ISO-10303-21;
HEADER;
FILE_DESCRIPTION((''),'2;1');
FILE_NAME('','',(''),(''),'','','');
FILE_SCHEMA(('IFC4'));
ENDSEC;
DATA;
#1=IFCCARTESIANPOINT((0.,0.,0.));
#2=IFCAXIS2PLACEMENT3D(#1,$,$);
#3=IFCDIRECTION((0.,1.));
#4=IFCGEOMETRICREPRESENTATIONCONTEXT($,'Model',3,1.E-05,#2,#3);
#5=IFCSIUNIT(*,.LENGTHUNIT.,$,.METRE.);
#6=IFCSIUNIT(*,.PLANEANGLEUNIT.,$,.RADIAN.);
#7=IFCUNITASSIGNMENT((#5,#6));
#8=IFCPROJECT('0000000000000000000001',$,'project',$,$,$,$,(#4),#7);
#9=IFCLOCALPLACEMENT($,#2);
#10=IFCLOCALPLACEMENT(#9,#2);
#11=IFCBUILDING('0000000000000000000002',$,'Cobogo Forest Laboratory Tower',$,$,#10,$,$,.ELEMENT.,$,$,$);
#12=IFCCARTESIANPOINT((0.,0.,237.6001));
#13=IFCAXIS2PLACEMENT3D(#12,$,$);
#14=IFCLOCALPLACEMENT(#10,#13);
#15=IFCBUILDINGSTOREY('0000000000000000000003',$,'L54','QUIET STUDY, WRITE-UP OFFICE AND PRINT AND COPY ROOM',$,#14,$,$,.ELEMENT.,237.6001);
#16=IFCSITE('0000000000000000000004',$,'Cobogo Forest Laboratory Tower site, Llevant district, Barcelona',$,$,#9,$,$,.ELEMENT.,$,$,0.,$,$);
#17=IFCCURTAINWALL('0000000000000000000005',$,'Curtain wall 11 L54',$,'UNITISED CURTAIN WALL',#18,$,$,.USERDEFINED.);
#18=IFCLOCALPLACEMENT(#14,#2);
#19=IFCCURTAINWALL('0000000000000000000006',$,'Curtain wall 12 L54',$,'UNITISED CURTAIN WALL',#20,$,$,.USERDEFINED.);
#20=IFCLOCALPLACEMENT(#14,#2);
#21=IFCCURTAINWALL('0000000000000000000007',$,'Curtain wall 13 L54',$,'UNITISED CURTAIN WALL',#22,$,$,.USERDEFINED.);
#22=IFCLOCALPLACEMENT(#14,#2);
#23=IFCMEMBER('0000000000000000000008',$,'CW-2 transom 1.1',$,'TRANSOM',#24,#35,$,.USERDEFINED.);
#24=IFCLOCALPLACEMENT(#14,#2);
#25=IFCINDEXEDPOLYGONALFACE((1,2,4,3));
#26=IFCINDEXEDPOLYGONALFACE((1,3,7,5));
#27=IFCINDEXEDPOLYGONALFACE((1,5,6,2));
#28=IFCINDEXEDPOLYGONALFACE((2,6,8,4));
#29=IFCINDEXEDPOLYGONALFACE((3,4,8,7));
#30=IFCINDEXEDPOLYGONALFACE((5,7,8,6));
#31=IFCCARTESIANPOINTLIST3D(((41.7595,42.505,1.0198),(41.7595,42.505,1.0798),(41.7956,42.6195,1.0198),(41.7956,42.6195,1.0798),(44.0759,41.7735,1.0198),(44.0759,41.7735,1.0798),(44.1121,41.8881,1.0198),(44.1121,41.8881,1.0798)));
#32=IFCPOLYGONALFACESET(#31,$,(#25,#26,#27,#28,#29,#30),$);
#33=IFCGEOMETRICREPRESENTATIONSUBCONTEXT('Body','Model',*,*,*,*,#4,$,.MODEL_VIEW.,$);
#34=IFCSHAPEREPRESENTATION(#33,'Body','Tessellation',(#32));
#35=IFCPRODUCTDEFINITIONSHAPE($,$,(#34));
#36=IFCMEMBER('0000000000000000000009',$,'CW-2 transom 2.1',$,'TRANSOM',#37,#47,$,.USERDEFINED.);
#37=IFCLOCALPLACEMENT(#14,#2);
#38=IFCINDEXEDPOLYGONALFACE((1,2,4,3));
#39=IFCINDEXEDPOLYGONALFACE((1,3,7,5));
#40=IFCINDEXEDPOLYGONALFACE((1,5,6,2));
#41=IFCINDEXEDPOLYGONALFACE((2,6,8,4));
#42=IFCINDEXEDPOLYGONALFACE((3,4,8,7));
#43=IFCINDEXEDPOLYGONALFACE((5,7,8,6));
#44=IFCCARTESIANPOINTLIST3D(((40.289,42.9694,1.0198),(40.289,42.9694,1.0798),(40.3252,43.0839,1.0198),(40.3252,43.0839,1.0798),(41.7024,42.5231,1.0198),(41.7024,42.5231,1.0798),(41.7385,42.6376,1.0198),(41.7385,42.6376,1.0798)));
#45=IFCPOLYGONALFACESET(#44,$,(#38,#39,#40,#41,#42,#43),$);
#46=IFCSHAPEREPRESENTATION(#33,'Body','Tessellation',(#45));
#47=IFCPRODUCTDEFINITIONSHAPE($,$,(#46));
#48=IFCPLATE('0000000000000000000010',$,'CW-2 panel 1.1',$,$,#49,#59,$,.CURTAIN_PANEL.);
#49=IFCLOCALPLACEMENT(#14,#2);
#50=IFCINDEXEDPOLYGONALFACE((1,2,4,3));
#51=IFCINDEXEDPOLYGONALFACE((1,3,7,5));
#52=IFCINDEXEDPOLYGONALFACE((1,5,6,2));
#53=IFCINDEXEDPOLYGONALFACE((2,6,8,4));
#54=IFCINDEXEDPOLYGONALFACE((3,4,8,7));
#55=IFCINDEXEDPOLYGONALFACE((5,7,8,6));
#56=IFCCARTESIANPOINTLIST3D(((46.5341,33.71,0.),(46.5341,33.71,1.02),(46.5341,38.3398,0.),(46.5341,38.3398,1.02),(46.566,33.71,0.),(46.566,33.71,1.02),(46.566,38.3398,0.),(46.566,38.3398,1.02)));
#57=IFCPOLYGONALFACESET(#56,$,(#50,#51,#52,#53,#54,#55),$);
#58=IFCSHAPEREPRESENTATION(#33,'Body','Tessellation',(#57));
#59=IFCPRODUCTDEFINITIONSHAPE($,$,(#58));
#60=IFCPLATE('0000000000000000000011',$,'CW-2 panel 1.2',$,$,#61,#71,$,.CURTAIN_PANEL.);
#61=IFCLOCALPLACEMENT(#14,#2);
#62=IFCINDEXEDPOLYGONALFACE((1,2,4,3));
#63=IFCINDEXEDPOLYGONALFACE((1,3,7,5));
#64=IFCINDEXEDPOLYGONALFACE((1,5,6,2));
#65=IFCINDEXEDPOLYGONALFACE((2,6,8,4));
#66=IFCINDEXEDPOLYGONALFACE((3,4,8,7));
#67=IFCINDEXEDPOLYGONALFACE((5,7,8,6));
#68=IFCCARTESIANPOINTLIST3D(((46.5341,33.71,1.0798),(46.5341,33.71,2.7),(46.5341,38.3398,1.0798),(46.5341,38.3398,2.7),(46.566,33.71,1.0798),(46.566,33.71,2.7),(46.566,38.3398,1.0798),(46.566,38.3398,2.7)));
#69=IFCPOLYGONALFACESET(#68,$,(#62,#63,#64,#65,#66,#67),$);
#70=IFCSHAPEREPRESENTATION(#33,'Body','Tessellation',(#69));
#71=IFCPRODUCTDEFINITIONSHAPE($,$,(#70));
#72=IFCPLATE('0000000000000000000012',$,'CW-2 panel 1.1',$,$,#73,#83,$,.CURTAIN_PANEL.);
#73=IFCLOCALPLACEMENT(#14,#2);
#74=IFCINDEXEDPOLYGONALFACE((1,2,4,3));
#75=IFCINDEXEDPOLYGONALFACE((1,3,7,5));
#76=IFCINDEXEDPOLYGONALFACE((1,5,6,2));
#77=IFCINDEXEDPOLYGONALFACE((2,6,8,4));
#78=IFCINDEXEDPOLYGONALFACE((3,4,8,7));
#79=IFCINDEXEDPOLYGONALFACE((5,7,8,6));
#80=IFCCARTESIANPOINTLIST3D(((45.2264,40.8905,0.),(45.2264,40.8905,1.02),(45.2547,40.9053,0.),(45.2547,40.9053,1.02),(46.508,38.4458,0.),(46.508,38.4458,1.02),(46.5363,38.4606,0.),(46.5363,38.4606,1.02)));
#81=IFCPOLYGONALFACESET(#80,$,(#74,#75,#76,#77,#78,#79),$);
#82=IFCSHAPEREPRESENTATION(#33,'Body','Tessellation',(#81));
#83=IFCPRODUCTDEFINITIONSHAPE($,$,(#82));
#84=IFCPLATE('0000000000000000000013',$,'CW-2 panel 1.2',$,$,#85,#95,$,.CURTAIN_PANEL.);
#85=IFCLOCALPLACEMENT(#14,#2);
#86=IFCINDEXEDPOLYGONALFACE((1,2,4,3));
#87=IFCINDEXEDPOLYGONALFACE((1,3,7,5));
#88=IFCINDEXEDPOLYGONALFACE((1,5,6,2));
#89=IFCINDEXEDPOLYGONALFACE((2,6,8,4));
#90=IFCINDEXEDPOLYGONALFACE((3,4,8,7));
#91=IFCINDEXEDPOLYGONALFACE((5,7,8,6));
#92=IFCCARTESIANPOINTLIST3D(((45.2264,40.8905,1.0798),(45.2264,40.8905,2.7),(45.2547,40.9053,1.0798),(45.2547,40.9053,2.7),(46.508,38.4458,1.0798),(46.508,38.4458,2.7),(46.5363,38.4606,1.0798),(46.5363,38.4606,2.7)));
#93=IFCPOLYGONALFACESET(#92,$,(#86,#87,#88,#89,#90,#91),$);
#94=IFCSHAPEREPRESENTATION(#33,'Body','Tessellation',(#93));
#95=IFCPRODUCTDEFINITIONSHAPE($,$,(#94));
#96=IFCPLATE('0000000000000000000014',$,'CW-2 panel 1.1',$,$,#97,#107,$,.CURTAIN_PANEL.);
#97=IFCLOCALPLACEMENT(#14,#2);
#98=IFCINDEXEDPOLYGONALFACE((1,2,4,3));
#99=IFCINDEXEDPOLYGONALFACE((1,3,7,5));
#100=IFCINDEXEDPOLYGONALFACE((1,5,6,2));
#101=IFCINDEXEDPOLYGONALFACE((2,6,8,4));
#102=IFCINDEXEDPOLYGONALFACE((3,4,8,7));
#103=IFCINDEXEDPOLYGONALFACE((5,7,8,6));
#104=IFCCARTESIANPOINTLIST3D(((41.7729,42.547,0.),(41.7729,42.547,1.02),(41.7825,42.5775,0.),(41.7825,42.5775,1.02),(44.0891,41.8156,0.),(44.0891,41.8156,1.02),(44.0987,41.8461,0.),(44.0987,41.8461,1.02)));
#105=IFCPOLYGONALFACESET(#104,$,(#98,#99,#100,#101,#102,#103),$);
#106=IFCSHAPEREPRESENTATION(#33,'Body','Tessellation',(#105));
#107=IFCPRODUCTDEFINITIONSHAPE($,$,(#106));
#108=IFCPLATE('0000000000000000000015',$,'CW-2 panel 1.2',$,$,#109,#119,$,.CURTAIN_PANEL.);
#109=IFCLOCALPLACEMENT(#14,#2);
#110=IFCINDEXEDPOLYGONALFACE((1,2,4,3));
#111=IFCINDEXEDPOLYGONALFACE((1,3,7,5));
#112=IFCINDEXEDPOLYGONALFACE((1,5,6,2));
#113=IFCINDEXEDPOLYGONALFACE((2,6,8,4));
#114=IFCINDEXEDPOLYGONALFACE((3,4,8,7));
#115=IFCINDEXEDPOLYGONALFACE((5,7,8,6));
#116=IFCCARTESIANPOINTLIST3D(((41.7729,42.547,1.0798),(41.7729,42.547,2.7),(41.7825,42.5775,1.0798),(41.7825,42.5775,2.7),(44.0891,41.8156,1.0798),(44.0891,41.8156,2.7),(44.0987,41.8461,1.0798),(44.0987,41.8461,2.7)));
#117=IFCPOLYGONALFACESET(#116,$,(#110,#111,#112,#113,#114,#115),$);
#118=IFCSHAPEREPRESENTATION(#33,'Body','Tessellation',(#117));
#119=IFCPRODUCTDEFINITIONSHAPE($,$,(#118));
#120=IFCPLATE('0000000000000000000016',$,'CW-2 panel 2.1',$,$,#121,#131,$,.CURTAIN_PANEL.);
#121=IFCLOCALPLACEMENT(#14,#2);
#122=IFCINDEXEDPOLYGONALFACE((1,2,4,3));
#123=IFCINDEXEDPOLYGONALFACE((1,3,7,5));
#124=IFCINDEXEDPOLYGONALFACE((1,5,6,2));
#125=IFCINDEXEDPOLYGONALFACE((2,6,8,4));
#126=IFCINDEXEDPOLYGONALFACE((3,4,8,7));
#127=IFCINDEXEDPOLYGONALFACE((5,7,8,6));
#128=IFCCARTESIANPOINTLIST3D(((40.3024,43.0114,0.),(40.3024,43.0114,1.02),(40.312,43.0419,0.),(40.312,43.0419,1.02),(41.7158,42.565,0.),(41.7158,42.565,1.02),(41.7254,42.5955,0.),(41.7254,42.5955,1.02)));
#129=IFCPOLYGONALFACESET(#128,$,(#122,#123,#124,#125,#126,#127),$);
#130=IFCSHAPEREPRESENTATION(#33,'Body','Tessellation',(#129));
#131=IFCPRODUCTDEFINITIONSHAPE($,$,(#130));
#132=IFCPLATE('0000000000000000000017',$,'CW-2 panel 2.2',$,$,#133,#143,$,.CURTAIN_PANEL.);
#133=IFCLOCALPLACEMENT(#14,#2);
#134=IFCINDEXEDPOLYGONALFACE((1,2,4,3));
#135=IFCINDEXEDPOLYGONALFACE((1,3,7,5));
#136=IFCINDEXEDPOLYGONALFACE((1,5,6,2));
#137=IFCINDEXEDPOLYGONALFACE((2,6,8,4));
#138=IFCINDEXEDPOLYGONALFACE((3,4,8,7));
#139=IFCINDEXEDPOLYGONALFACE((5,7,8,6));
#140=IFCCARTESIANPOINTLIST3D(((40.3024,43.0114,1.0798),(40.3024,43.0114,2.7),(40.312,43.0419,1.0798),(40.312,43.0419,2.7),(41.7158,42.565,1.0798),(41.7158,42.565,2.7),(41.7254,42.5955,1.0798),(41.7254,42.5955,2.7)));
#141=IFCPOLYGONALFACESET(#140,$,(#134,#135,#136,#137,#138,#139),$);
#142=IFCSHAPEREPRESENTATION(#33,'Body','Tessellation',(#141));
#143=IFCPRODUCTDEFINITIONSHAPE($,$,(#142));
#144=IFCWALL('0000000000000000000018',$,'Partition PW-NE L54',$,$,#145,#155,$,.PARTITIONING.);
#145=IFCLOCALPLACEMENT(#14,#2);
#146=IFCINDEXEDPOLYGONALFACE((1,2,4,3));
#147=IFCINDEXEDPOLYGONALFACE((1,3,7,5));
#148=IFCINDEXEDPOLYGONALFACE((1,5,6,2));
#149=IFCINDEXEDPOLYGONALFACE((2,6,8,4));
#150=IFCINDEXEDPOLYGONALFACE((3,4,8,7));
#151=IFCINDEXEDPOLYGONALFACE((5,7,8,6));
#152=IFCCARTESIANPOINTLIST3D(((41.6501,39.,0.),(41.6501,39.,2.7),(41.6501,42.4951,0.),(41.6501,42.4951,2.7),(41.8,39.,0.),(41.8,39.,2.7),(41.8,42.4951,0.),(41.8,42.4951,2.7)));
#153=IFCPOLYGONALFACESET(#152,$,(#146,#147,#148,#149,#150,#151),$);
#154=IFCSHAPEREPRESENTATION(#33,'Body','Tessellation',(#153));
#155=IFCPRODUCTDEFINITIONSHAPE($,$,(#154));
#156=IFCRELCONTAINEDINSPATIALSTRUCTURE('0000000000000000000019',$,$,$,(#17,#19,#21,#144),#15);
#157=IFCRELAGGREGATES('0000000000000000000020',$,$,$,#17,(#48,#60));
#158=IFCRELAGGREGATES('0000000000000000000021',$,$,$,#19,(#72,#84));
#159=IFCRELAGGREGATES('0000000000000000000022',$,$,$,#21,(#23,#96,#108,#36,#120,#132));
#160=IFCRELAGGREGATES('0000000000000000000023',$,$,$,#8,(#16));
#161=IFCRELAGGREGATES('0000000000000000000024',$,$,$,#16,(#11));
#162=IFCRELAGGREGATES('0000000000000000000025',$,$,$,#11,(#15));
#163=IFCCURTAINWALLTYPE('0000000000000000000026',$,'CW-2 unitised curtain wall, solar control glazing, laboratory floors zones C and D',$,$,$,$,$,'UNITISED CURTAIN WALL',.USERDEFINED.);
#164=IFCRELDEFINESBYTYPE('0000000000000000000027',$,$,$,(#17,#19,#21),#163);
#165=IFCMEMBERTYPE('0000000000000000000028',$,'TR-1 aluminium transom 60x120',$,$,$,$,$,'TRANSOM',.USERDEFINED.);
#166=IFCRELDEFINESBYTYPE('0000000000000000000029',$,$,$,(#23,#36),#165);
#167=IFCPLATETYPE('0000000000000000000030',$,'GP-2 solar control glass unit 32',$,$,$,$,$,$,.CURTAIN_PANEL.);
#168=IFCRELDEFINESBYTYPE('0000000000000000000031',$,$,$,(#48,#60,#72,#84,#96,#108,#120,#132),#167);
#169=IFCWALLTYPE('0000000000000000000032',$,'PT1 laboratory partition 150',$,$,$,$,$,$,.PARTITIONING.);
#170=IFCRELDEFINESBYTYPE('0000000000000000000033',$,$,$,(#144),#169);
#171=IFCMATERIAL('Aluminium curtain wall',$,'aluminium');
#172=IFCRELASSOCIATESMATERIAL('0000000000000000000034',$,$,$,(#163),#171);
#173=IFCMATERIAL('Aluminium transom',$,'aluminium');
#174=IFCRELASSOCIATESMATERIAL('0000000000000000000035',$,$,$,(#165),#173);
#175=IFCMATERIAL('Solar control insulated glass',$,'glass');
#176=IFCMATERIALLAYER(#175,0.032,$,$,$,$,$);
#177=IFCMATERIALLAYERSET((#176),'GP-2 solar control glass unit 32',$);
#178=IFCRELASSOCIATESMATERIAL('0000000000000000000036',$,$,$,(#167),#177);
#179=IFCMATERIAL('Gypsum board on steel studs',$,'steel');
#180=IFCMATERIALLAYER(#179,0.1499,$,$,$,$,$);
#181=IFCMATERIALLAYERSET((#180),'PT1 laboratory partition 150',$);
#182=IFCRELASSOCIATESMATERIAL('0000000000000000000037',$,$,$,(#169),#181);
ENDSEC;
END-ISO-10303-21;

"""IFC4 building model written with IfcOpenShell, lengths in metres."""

from ifc_helpers import new_model, si_unit, direction, frame, frame_2d, origin, origin_2d, place, context, subcontext, project, spatial, rectangle, extrude, material, layer, layer_set, material_profile, profile_set, type_object, element, aggregate, save


model = new_model("IFC4")

# Units and contexts
model_context = context("Model", 3, precision=1e-05, world=origin(), true_north=direction((0.0, 1.0)))
body_context = subcontext(model_context, "Body", "Model", "MODEL_VIEW")
ifc_project = project(units=[si_unit("LENGTHUNIT", "METRE"), si_unit("PLANEANGLEUNIT", "RADIAN")], contexts=[model_context])

# Site, building, storey
site_placement = place(None, origin())
site = spatial("IfcSite", under=ifc_project, at=site_placement, Name="Cobogo Forest Laboratory Tower site, Llevant district, Barcelona", CompositionType="ELEMENT", RefElevation=0.0)
building_placement = place(site_placement, origin())
building = spatial("IfcBuilding", under=site, at=building_placement, Name="Cobogo Forest Laboratory Tower", CompositionType="ELEMENT")
storey_placement = place(building_placement, frame((0.0, 0.0, 237.6001)))
storey = spatial("IfcBuildingStorey", under=building, at=storey_placement, Name="L54", Description="QUIET STUDY, WRITE-UP OFFICE AND PRINT AND COPY ROOM", CompositionType="ELEMENT", Elevation=237.6001)

# Curtain wall
ifc_material_1 = material(Name="Aluminium curtain wall", Category="aluminium")
curtain_wall_type = type_object("IfcCurtainWallType", Name="CW-2 unitised curtain wall, solar control glazing, laboratory floors zones C and D", ElementType="UNITISED CURTAIN WALL", PredefinedType="USERDEFINED", material=ifc_material_1)
curtain_wall_1_placement = place(storey_placement, origin())
curtain_wall_1 = element("IfcCurtainWall", 1, at=curtain_wall_1_placement, inside=storey, type_object=curtain_wall_type, Name="Curtain wall 11 L54", ObjectType="UNITISED CURTAIN WALL", PredefinedType="USERDEFINED")

# Curtain walls
curtain_wall_2_placement = place(storey_placement, origin())
curtain_wall_2 = element("IfcCurtainWall", 2, at=curtain_wall_2_placement, inside=storey, type_object=curtain_wall_type, Name="Curtain wall 12 L54", ObjectType="UNITISED CURTAIN WALL", PredefinedType="USERDEFINED")
curtain_wall_3_placement = place(storey_placement, origin())
curtain_wall_3 = element("IfcCurtainWall", 3, at=curtain_wall_3_placement, inside=storey, type_object=curtain_wall_type, Name="Curtain wall 13 L54", ObjectType="UNITISED CURTAIN WALL", PredefinedType="USERDEFINED")

# Members
ifc_material_2 = material(Name="Aluminium transom", Category="aluminium")
ifc_material_profile_1 = material_profile(ifc_material_2, rectangle(XDim=0.1201, YDim=0.0601, at=origin_2d()), Name="AL 60x120")
ifc_profile_set_1 = profile_set([ifc_material_profile_1], Name="Aluminium transom")
member_type_1 = type_object("IfcMemberType", Name="TR-1 aluminium transom 60x120", ElementType="TRANSOM", PredefinedType="USERDEFINED", material=ifc_profile_set_1)
member_1_placement = place(storey_placement, frame((44.094, 41.8308, 1.0498), z_axis=(-0.953589, 0.301112, 0.0), x_axis=(-0.301112, -0.953589, 0.0)))
member_1 = element("IfcMember", 4, at=member_1_placement, type_object=member_type_1, Name="CW-2 transom 1.1", ObjectType="TRANSOM", PredefinedType="USERDEFINED", context=body_context, shape_type="SweptSolid", body=[
    extrude(rectangle(XDim=0.1201, YDim=0.0601, at=origin_2d()), origin(), (0.0, 0.0, 1.0), 2.4292),
])
member_2_placement = place(storey_placement, frame((41.7205, 42.5803, 1.0498), z_axis=(-0.953588, 0.301116, 0.0), x_axis=(-0.301116, -0.953588, 0.0)))
member_2 = element("IfcMember", 5, at=member_2_placement, type_object=member_type_1, Name="CW-2 transom 2.1", ObjectType="TRANSOM", PredefinedType="USERDEFINED", context=body_context, shape_type="SweptSolid", body=[
    extrude(rectangle(XDim=0.1201, YDim=0.0601, at=origin_2d()), origin(), (0.0, 0.0, 1.0), 1.4822),
])

# Plates
ifc_material_3 = material(Name="Solar control insulated glass", Category="glass")
ifc_layer_1 = layer(ifc_material_3, 0.032)
ifc_layer_set_1 = layer_set([ifc_layer_1], Name="GP-2 solar control glass unit 32")
plate_type = type_object("IfcPlateType", Name="GP-2 solar control glass unit 32", PredefinedType="CURTAIN_PANEL", material=ifc_layer_set_1)
plate_1_placement = place(storey_placement, frame((46.55, 36.0249, 0.0), z_axis=(0.0, 0.0, 1.0), x_axis=(0.0, 1.0, 0.0)))
plate_1 = element("IfcPlate", 6, at=plate_1_placement, type_object=plate_type, Name="CW-2 panel 1.1", PredefinedType="CURTAIN_PANEL", context=body_context, shape_type="SweptSolid", body=[
    extrude(rectangle(XDim=4.6299, YDim=0.032, at=origin_2d()), origin(), (0.0, 0.0, 1.0), 1.02),
])
plate_2_placement = place(storey_placement, frame((46.55, 36.0249, 1.0798), z_axis=(0.0, 0.0, 1.0), x_axis=(0.0, 1.0, 0.0)))
plate_2 = element("IfcPlate", 7, at=plate_2_placement, type_object=plate_type, Name="CW-2 panel 1.2", PredefinedType="CURTAIN_PANEL", context=body_context, shape_type="SweptSolid", body=[
    extrude(rectangle(XDim=4.6299, YDim=0.032, at=origin_2d()), origin(), (0.0, 0.0, 1.0), 1.6201),
])
aggregate(curtain_wall_1, [plate_1, plate_2])
plate_3_placement = place(storey_placement, frame((45.8813, 39.6755, 0.0), z_axis=(0.0, 0.0, 1.0), x_axis=(-0.464284, 0.885686, 0.0)))
plate_3 = element("IfcPlate", 8, at=plate_3_placement, type_object=plate_type, Name="CW-2 panel 1.1", PredefinedType="CURTAIN_PANEL", context=body_context, shape_type="SweptSolid", body=[
    extrude(rectangle(XDim=2.7603, YDim=0.032, at=origin_2d()), origin(), (0.0, 0.0, 1.0), 1.02),
])
plate_4_placement = place(storey_placement, frame((45.8813, 39.6755, 1.0798), z_axis=(0.0, 0.0, 1.0), x_axis=(-0.464284, 0.885686, 0.0)))
plate_4 = element("IfcPlate", 9, at=plate_4_placement, type_object=plate_type, Name="CW-2 panel 1.2", PredefinedType="CURTAIN_PANEL", context=body_context, shape_type="SweptSolid", body=[
    extrude(rectangle(XDim=2.7603, YDim=0.032, at=origin_2d()), origin(), (0.0, 0.0, 1.0), 1.6201),
])
aggregate(curtain_wall_2, [plate_3, plate_4])
plate_5_placement = place(storey_placement, frame((42.9358, 42.1965, 0.0), z_axis=(0.0, 0.0, 1.0), x_axis=(-0.953581, 0.301136, 0.0)))
plate_5 = element("IfcPlate", 10, at=plate_5_placement, type_object=plate_type, Name="CW-2 panel 1.1", PredefinedType="CURTAIN_PANEL", context=body_context, shape_type="SweptSolid", body=[
    extrude(rectangle(XDim=2.429, YDim=0.032, at=origin_2d()), origin(), (0.0, 0.0, 1.0), 1.02),
])
plate_6_placement = place(storey_placement, frame((42.9358, 42.1965, 1.0798), z_axis=(0.0, 0.0, 1.0), x_axis=(-0.953581, 0.301136, 0.0)))
plate_6 = element("IfcPlate", 11, at=plate_6_placement, type_object=plate_type, Name="CW-2 panel 1.2", PredefinedType="CURTAIN_PANEL", context=body_context, shape_type="SweptSolid", body=[
    extrude(rectangle(XDim=2.429, YDim=0.032, at=origin_2d()), origin(), (0.0, 0.0, 1.0), 1.6201),
])
plate_7_placement = place(storey_placement, frame((41.0139, 42.8035, 0.0), z_axis=(0.0, 0.0, 1.0), x_axis=(-0.953581, 0.301136, 0.0)))
plate_7 = element("IfcPlate", 12, at=plate_7_placement, type_object=plate_type, Name="CW-2 panel 2.1", PredefinedType="CURTAIN_PANEL", context=body_context, shape_type="SweptSolid", body=[
    extrude(rectangle(XDim=1.4822, YDim=0.032, at=origin_2d()), origin(), (0.0, 0.0, 1.0), 1.02),
])
plate_8_placement = place(storey_placement, frame((41.0139, 42.8035, 1.0798), z_axis=(0.0, 0.0, 1.0), x_axis=(-0.953581, 0.301136, 0.0)))
plate_8 = element("IfcPlate", 13, at=plate_8_placement, type_object=plate_type, Name="CW-2 panel 2.2", PredefinedType="CURTAIN_PANEL", context=body_context, shape_type="SweptSolid", body=[
    extrude(rectangle(XDim=1.4822, YDim=0.032, at=origin_2d()), origin(), (0.0, 0.0, 1.0), 1.6201),
])
aggregate(curtain_wall_3, [member_1, plate_5, plate_6, member_2, plate_7, plate_8])

# Wall
ifc_material_4 = material(Name="Gypsum board on steel studs", Category="steel")
ifc_layer_2 = layer(ifc_material_4, 0.1499)
ifc_layer_set_2 = layer_set([ifc_layer_2], Name="PT1 laboratory partition 150")
wall_type = type_object("IfcWallType", Name="PT1 laboratory partition 150", PredefinedType="PARTITIONING", material=ifc_layer_set_2)
wall_placement = place(storey_placement, frame((41.7251, 42.4951, 0.0), z_axis=(0.0, 0.0, 1.0), x_axis=(0.0, -1.0, 0.0)))
element("IfcWall", 14, at=wall_placement, inside=storey, type_object=wall_type, Name="Partition PW-NE L54", PredefinedType="PARTITIONING", context=body_context, shape_type="SweptSolid", body=[
    extrude(rectangle(XDim=3.4951, YDim=0.1499, at=frame_2d((1.7476, 0.0))), origin(), (0.0, 0.0, 1.0), 2.7),
])

save(model, "model.ifc")
